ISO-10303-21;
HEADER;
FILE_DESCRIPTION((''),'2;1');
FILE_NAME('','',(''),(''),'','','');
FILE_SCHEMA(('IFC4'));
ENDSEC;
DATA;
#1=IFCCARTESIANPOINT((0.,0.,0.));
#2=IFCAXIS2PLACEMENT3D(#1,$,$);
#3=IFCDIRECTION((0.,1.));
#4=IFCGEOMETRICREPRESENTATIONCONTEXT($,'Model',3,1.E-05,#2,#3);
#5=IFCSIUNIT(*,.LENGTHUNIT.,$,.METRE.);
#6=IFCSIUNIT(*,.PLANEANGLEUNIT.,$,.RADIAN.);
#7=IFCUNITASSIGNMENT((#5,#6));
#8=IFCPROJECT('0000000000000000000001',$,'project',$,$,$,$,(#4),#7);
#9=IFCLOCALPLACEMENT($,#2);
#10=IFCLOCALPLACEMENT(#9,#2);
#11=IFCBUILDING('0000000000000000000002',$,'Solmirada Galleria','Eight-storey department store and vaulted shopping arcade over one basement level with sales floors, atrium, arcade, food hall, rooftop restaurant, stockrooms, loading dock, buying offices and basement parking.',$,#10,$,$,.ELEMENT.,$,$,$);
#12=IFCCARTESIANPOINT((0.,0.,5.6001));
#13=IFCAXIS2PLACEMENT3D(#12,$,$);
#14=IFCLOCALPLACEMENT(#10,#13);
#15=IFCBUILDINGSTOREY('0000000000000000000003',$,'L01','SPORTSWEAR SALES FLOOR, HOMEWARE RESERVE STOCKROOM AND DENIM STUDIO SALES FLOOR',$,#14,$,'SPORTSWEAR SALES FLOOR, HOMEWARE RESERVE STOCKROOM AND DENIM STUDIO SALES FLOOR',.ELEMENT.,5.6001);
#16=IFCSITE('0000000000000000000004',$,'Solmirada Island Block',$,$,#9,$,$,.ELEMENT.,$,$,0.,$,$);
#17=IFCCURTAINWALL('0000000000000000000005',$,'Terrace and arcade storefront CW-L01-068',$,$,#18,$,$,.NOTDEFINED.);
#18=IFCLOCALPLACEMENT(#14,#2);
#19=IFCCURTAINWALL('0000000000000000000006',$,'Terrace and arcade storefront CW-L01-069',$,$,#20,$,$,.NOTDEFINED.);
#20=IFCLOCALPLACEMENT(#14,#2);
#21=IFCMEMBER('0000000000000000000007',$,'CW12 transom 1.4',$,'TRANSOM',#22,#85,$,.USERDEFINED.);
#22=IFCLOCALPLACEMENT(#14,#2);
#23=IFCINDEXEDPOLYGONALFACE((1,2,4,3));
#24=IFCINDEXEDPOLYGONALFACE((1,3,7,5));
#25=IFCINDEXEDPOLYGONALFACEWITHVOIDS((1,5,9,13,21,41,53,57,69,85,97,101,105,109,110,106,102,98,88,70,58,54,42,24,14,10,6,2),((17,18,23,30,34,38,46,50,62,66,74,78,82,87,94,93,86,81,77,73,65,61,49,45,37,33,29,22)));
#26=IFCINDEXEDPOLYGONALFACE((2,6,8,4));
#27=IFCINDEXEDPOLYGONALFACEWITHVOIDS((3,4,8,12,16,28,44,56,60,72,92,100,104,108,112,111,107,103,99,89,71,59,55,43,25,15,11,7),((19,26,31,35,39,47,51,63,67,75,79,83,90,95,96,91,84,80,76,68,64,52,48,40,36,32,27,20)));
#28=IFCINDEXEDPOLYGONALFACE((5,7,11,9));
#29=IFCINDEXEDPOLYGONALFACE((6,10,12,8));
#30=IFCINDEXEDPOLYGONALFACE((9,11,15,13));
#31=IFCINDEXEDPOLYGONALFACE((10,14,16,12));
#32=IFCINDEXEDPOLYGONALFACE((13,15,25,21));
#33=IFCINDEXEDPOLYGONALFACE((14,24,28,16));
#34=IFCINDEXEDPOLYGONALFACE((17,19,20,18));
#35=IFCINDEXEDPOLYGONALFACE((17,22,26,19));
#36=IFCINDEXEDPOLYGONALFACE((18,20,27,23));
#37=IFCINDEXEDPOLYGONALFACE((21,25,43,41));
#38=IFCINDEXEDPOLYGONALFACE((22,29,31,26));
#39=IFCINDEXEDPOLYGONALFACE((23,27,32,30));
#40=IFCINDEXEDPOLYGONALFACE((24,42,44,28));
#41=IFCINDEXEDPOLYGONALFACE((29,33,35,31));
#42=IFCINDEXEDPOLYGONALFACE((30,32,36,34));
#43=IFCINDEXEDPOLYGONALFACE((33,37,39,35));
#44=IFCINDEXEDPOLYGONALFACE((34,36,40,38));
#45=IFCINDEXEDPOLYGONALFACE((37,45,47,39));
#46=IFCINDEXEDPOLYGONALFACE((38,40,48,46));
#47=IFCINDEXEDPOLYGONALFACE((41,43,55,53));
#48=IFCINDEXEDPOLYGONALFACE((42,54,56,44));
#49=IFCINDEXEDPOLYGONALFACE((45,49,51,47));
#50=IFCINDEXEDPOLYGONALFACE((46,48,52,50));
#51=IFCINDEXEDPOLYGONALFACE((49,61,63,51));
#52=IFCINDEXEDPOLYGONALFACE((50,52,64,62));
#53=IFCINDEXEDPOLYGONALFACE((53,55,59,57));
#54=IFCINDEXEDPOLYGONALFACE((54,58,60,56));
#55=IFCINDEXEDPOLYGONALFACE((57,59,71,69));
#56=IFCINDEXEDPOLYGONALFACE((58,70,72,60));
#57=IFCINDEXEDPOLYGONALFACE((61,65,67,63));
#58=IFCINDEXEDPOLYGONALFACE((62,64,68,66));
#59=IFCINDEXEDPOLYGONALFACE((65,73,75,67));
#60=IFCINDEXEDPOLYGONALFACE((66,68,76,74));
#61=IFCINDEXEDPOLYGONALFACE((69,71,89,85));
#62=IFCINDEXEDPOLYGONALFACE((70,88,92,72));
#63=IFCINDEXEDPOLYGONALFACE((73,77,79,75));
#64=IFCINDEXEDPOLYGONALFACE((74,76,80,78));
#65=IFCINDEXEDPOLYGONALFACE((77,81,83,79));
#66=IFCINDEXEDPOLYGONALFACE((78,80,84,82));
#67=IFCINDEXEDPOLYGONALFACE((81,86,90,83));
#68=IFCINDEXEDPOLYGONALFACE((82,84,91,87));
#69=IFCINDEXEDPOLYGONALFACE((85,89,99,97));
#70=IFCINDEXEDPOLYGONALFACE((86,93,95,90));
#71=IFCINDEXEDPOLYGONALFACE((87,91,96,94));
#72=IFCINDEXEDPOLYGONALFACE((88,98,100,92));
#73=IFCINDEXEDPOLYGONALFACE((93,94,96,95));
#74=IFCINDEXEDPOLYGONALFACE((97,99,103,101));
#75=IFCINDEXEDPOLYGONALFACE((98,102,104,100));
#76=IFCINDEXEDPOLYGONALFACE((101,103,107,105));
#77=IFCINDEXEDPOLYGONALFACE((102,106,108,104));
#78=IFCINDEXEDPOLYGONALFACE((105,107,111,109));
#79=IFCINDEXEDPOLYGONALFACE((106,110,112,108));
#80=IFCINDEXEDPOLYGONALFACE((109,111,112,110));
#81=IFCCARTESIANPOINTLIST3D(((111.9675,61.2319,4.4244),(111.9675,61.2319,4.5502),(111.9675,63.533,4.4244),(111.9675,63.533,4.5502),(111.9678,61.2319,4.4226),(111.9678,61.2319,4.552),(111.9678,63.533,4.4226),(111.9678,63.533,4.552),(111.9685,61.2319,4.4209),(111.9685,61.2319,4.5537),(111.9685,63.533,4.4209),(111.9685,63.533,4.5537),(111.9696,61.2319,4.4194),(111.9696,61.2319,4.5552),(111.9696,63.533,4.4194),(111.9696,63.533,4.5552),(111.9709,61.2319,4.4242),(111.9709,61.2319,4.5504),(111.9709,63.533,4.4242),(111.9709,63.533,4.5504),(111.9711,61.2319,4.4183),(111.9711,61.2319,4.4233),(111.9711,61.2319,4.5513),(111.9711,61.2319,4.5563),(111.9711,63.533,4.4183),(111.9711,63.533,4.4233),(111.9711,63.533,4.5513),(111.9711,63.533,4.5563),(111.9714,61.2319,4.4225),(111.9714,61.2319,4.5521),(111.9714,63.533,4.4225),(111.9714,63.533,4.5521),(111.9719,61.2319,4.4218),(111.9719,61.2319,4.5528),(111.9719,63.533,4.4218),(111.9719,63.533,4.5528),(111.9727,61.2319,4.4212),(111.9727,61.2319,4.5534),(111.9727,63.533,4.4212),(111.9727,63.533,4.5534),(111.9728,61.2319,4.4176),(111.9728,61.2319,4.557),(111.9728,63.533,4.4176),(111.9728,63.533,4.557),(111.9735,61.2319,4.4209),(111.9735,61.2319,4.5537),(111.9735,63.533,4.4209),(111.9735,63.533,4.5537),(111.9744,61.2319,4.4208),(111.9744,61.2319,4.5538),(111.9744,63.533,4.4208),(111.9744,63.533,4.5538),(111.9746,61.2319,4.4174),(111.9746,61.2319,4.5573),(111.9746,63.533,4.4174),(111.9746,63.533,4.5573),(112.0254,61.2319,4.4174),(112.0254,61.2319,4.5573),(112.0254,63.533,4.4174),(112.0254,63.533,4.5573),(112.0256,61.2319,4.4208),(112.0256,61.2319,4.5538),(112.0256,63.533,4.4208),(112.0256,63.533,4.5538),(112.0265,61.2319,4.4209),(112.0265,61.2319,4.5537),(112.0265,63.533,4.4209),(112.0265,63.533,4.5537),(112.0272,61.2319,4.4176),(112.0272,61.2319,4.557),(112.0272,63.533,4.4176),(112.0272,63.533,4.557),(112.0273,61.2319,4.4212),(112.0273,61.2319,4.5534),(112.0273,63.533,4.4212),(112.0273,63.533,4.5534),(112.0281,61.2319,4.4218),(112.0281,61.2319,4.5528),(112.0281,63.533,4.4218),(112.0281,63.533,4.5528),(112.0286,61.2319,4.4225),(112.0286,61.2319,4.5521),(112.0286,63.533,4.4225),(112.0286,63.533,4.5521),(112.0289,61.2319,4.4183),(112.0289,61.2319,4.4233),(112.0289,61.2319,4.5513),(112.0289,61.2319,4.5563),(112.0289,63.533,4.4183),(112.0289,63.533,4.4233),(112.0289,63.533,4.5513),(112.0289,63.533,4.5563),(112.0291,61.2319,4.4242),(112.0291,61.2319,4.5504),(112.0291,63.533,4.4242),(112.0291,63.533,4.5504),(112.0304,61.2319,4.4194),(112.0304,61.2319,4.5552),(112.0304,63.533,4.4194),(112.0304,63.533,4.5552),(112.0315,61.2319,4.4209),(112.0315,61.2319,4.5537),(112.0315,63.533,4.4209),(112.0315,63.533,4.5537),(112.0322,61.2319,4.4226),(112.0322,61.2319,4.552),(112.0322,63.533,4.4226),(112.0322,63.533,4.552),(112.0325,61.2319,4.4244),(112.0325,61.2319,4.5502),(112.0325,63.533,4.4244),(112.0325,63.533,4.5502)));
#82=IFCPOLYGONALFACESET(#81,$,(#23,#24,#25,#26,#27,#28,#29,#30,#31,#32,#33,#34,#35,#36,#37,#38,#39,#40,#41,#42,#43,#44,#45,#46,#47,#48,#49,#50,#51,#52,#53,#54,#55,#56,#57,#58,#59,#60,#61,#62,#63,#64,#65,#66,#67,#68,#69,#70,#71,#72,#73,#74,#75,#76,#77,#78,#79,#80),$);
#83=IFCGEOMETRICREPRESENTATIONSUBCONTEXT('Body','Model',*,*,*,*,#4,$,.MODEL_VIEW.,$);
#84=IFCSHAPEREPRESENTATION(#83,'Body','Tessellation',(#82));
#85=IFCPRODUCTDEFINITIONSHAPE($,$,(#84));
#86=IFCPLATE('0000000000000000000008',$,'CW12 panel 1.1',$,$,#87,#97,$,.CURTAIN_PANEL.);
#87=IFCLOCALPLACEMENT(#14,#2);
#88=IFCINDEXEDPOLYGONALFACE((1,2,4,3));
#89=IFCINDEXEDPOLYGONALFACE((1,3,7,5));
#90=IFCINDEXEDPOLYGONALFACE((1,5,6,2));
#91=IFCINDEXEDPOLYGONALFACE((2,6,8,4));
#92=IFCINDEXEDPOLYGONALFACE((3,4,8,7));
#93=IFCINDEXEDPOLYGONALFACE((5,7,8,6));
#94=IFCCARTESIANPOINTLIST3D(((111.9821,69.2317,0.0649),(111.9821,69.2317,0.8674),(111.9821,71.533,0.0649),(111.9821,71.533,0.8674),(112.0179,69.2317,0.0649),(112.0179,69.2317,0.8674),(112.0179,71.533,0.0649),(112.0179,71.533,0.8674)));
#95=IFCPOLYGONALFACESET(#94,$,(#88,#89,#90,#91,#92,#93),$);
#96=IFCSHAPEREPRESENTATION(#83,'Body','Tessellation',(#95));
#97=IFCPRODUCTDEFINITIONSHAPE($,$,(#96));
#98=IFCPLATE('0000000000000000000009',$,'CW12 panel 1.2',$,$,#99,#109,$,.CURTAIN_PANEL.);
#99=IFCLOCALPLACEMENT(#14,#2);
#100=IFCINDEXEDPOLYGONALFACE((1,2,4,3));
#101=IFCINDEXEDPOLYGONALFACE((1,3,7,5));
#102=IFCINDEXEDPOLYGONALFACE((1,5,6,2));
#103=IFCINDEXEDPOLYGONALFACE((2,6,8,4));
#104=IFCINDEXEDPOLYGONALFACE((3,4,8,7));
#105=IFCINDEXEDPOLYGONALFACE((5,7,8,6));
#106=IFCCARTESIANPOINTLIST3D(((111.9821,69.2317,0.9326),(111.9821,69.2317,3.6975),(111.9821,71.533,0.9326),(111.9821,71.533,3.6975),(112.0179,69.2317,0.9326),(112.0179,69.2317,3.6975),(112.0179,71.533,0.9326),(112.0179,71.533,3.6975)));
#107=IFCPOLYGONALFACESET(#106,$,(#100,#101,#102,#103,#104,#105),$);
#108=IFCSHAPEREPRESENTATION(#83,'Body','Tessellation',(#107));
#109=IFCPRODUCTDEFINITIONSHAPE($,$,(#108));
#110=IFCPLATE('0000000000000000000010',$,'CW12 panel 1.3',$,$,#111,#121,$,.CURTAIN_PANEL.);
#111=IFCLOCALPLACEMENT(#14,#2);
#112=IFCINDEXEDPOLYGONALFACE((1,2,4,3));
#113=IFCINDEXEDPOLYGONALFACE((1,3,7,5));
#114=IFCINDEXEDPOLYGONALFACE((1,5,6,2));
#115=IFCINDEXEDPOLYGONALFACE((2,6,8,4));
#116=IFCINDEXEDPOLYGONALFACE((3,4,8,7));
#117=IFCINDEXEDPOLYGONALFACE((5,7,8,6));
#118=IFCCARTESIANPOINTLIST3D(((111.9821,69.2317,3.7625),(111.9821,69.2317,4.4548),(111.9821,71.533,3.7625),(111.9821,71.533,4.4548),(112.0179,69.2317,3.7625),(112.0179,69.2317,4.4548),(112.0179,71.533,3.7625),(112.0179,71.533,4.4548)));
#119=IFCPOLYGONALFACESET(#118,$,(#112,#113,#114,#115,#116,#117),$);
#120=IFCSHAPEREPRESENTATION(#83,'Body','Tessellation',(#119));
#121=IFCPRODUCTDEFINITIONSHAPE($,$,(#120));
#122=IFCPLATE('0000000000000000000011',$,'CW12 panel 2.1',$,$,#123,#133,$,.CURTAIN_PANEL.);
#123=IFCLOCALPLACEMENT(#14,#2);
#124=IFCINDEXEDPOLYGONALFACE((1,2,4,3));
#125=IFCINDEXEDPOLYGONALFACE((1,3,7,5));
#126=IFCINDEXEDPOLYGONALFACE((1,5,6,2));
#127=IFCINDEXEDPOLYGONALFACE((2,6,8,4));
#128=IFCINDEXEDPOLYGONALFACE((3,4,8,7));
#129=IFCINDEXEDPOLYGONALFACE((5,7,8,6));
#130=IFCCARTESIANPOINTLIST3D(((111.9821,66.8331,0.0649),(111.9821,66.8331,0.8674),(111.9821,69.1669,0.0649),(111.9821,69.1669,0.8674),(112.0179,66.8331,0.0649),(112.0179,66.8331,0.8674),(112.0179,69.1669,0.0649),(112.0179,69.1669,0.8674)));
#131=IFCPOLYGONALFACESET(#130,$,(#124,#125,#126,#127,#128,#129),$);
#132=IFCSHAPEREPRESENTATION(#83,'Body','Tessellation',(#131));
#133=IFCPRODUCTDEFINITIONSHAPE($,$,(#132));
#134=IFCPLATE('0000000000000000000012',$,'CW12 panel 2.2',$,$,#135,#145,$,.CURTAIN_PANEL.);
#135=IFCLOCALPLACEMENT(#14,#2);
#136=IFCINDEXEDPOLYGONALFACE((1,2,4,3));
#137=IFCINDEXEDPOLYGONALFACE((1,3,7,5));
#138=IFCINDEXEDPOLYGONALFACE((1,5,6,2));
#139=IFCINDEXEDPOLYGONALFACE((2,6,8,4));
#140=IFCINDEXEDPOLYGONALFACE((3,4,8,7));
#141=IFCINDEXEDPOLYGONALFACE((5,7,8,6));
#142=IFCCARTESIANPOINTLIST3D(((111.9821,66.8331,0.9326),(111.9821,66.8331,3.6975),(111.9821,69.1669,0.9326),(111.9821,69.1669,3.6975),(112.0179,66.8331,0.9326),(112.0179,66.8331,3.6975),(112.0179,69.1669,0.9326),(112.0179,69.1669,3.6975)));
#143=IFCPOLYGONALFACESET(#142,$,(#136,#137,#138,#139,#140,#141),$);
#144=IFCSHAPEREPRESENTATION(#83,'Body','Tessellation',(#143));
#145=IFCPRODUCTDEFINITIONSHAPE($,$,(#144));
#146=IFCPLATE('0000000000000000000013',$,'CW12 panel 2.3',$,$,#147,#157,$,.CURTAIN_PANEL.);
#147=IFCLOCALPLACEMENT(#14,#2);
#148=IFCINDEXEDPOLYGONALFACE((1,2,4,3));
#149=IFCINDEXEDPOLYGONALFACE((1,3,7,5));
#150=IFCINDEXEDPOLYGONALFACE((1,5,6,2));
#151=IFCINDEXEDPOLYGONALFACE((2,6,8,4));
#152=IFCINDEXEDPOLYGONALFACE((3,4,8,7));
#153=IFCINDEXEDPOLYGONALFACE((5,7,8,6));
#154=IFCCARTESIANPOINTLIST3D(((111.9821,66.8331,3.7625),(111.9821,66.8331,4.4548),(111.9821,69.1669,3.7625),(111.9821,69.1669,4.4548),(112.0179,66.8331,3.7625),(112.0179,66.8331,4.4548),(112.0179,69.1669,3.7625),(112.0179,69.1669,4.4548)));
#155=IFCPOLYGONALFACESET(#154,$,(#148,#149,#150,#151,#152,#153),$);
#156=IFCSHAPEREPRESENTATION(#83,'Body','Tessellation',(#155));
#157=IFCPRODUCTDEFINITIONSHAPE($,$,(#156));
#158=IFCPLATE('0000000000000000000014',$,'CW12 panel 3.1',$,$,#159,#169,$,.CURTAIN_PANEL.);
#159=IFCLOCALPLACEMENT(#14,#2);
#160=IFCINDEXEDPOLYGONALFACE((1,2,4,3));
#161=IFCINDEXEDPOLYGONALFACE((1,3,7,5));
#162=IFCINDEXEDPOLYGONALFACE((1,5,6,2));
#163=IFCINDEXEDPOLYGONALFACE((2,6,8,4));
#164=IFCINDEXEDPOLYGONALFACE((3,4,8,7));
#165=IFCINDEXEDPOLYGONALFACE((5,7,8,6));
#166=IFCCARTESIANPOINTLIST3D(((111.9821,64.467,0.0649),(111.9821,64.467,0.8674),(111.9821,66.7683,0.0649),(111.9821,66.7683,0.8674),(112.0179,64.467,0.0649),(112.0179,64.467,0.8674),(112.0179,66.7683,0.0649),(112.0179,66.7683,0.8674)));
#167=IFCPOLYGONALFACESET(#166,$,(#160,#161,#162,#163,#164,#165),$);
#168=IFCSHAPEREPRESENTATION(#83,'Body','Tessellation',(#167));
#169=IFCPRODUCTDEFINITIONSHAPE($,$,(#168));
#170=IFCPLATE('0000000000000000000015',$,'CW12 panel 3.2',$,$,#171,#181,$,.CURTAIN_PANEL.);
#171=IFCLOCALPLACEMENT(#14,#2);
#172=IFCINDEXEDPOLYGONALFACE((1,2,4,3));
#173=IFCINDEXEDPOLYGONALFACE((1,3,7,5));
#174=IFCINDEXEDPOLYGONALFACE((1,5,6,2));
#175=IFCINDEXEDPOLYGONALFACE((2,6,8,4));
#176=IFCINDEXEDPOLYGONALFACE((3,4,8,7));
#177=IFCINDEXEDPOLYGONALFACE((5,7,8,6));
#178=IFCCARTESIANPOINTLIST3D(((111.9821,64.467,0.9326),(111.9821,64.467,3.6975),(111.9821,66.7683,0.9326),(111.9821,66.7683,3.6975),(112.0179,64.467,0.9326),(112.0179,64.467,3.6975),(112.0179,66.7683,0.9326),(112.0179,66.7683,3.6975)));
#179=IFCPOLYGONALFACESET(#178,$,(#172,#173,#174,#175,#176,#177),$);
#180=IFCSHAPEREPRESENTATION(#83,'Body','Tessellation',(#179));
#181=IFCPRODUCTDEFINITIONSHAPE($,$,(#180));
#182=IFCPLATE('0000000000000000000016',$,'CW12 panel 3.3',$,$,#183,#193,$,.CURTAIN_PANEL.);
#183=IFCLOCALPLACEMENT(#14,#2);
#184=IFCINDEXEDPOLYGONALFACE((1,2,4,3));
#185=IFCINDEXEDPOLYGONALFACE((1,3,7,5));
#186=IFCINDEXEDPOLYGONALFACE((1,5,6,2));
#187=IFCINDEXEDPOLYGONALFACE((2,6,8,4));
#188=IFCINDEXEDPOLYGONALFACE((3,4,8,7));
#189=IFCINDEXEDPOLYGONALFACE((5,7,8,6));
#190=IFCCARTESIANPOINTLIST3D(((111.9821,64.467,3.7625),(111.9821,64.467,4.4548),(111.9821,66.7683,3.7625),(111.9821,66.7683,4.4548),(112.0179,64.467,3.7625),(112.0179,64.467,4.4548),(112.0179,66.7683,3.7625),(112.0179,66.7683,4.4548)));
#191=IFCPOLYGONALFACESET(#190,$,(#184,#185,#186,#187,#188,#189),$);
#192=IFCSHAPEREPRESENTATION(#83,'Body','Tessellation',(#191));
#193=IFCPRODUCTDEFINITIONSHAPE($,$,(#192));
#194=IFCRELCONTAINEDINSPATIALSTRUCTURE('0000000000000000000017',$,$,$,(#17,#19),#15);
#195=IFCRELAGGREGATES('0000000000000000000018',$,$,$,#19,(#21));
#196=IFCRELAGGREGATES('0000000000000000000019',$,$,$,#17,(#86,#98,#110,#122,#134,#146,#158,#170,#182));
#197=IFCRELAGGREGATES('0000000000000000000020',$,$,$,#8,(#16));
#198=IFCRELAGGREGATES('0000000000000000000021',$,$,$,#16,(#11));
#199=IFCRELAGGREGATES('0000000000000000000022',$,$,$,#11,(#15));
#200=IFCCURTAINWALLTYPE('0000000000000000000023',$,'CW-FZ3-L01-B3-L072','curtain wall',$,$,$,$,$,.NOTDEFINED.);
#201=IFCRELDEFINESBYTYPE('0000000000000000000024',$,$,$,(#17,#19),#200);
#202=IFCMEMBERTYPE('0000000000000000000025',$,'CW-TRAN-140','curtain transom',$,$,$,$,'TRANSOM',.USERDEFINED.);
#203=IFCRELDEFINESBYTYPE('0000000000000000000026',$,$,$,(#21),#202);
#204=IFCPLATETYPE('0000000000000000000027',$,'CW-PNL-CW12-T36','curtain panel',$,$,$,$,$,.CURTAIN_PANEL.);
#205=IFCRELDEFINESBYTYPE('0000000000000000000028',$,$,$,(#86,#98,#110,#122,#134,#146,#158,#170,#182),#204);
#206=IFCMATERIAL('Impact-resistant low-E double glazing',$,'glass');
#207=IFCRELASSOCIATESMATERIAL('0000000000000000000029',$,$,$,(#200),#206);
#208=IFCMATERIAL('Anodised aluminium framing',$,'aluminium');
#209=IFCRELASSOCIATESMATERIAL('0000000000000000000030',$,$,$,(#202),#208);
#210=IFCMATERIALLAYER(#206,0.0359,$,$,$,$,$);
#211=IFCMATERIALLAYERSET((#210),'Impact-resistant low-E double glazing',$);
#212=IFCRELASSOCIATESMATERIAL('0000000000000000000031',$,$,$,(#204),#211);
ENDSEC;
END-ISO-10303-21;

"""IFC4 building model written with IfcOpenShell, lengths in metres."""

from ifc_helpers import new_model, si_unit, direction, frame, origin, origin_2d, place, context, subcontext, project, spatial, rectangle, hollow_rectangle, extrude, material, layer, layer_set, material_profile, profile_set, type_object, element, aggregate, save


model = new_model("IFC4")

# Units and contexts
model_context = context("Model", 3, precision=1e-05, world=origin(), true_north=direction((0.0, 1.0)))
body_context = subcontext(model_context, "Body", "Model", "MODEL_VIEW")
ifc_project = project(units=[si_unit("LENGTHUNIT", "METRE"), si_unit("PLANEANGLEUNIT", "RADIAN")], contexts=[model_context])

# Site, building, storey
site_placement = place(None, origin())
site = spatial("IfcSite", under=ifc_project, at=site_placement, Name="Solmirada Island Block", CompositionType="ELEMENT", RefElevation=0.0)
building_placement = place(site_placement, origin())
building = spatial("IfcBuilding", under=site, at=building_placement, Name="Solmirada Galleria", Description="Eight-storey department store and vaulted shopping arcade over one basement level with sales floors, atrium, arcade, food hall, rooftop restaurant, stockrooms, loading dock, buying offices and basement parking.", CompositionType="ELEMENT")
storey_placement = place(building_placement, frame((0.0, 0.0, 5.6001)))
storey = spatial("IfcBuildingStorey", under=building, at=storey_placement, Name="L01", Description="SPORTSWEAR SALES FLOOR, HOMEWARE RESERVE STOCKROOM AND DENIM STUDIO SALES FLOOR", LongName="SPORTSWEAR SALES FLOOR, HOMEWARE RESERVE STOCKROOM AND DENIM STUDIO SALES FLOOR", CompositionType="ELEMENT", Elevation=5.6001)

# Shared definitions
ifc_material_1 = material(Name="Impact-resistant low-E double glazing", Category="glass")
ifc_material_2 = material(Name="Anodised aluminium framing", Category="aluminium")

# Curtain wall
curtain_wall_type_1 = type_object("IfcCurtainWallType", Name="CW-FZ3-L01-B3-L072", Description="curtain wall", PredefinedType="NOTDEFINED", material=ifc_material_1)
curtain_wall_1_placement = place(storey_placement, origin())
curtain_wall_1 = element("IfcCurtainWall", 1, at=curtain_wall_1_placement, inside=storey, type_object=curtain_wall_type_1, Name="Terrace and arcade storefront CW-L01-068", PredefinedType="NOTDEFINED")

# Curtain wall
curtain_wall_2_placement = place(storey_placement, origin())
curtain_wall_2 = element("IfcCurtainWall", 2, at=curtain_wall_2_placement, inside=storey, type_object=curtain_wall_type_1, Name="Terrace and arcade storefront CW-L01-069", PredefinedType="NOTDEFINED")

# Member
ifc_material_profile_1 = material_profile(ifc_material_2, hollow_rectangle(XDim=0.0649, YDim=0.1399, WallThickness=0.0034, InnerFilletRadius=0.0034, OuterFilletRadius=0.0071, at=origin_2d()), Name="ALU-TRAN-140X65")
ifc_profile_set_1 = profile_set([ifc_material_profile_1], Name="Anodised aluminium framing")
member_type_1 = type_object("IfcMemberType", Name="CW-TRAN-140", Description="curtain transom", ElementType="TRANSOM", PredefinedType="USERDEFINED", material=ifc_profile_set_1)
member_1_placement = place(storey_placement, frame((112.0, 63.533, 4.4873), z_axis=(0.0, -1.0, 0.0), x_axis=(1.0, 0.0, 0.0)))
member_1 = element("IfcMember", 3, at=member_1_placement, type_object=member_type_1, Name="CW12 transom 1.4", ObjectType="TRANSOM", PredefinedType="USERDEFINED", context=body_context, shape_type="SweptSolid", body=[
    extrude(hollow_rectangle(XDim=0.0649, YDim=0.1399, WallThickness=0.0034, InnerFilletRadius=0.0034, OuterFilletRadius=0.0071, at=origin_2d()), origin(), (0.0, 0.0, 1.0), 2.301),
])
aggregate(curtain_wall_2, [member_1])

# Plates
ifc_layer_1 = layer(ifc_material_1, 0.0359)
ifc_layer_set_1 = layer_set([ifc_layer_1], Name="Impact-resistant low-E double glazing")
plate_type = type_object("IfcPlateType", Name="CW-PNL-CW12-T36", Description="curtain panel", PredefinedType="CURTAIN_PANEL", material=ifc_layer_set_1)
plate_1_placement = place(storey_placement, frame((112.0, 70.3823, 0.0649), z_axis=(0.0, 0.0, 1.0), x_axis=(0.0, -1.0, 0.0)))
plate_1 = element("IfcPlate", 4, at=plate_1_placement, type_object=plate_type, Name="CW12 panel 1.1", PredefinedType="CURTAIN_PANEL", context=body_context, shape_type="SweptSolid", body=[
    extrude(rectangle(XDim=2.3013, YDim=0.0359, at=origin_2d()), origin(), (0.0, 0.0, 1.0), 0.8025),
])
plate_2_placement = place(storey_placement, frame((112.0, 70.3823, 0.9326), z_axis=(0.0, 0.0, 1.0), x_axis=(0.0, -1.0, 0.0)))
plate_2 = element("IfcPlate", 5, at=plate_2_placement, type_object=plate_type, Name="CW12 panel 1.2", PredefinedType="CURTAIN_PANEL", context=body_context, shape_type="SweptSolid", body=[
    extrude(rectangle(XDim=2.3013, YDim=0.0359, at=origin_2d()), origin(), (0.0, 0.0, 1.0), 2.7649),
])
plate_3_placement = place(storey_placement, frame((112.0, 70.3823, 3.7625), z_axis=(0.0, 0.0, 1.0), x_axis=(0.0, -1.0, 0.0)))
plate_3 = element("IfcPlate", 6, at=plate_3_placement, type_object=plate_type, Name="CW12 panel 1.3", PredefinedType="CURTAIN_PANEL", context=body_context, shape_type="SweptSolid", body=[
    extrude(rectangle(XDim=2.3013, YDim=0.0359, at=origin_2d()), origin(), (0.0, 0.0, 1.0), 0.6924),
])
plate_4_placement = place(storey_placement, frame((112.0, 68.0, 0.0649), z_axis=(0.0, 0.0, 1.0), x_axis=(0.0, -1.0, 0.0)))
plate_4 = element("IfcPlate", 7, at=plate_4_placement, type_object=plate_type, Name="CW12 panel 2.1", PredefinedType="CURTAIN_PANEL", context=body_context, shape_type="SweptSolid", body=[
    extrude(rectangle(XDim=2.3337, YDim=0.0359, at=origin_2d()), origin(), (0.0, 0.0, 1.0), 0.8025),
])
plate_5_placement = place(storey_placement, frame((112.0, 68.0, 0.9326), z_axis=(0.0, 0.0, 1.0), x_axis=(0.0, -1.0, 0.0)))
plate_5 = element("IfcPlate", 8, at=plate_5_placement, type_object=plate_type, Name="CW12 panel 2.2", PredefinedType="CURTAIN_PANEL", context=body_context, shape_type="SweptSolid", body=[
    extrude(rectangle(XDim=2.3337, YDim=0.0359, at=origin_2d()), origin(), (0.0, 0.0, 1.0), 2.7649),
])
plate_6_placement = place(storey_placement, frame((112.0, 68.0, 3.7625), z_axis=(0.0, 0.0, 1.0), x_axis=(0.0, -1.0, 0.0)))
plate_6 = element("IfcPlate", 9, at=plate_6_placement, type_object=plate_type, Name="CW12 panel 2.3", PredefinedType="CURTAIN_PANEL", context=body_context, shape_type="SweptSolid", body=[
    extrude(rectangle(XDim=2.3337, YDim=0.0359, at=origin_2d()), origin(), (0.0, 0.0, 1.0), 0.6924),
])
plate_7_placement = place(storey_placement, frame((112.0, 65.6177, 0.0649), z_axis=(0.0, 0.0, 1.0), x_axis=(0.0, -1.0, 0.0)))
plate_7 = element("IfcPlate", 10, at=plate_7_placement, type_object=plate_type, Name="CW12 panel 3.1", PredefinedType="CURTAIN_PANEL", context=body_context, shape_type="SweptSolid", body=[
    extrude(rectangle(XDim=2.3013, YDim=0.0359, at=origin_2d()), origin(), (0.0, 0.0, 1.0), 0.8025),
])
plate_8_placement = place(storey_placement, frame((112.0, 65.6177, 0.9326), z_axis=(0.0, 0.0, 1.0), x_axis=(0.0, -1.0, 0.0)))
plate_8 = element("IfcPlate", 11, at=plate_8_placement, type_object=plate_type, Name="CW12 panel 3.2", PredefinedType="CURTAIN_PANEL", context=body_context, shape_type="SweptSolid", body=[
    extrude(rectangle(XDim=2.3013, YDim=0.0359, at=origin_2d()), origin(), (0.0, 0.0, 1.0), 2.7649),
])
plate_9_placement = place(storey_placement, frame((112.0, 65.6177, 3.7625), z_axis=(0.0, 0.0, 1.0), x_axis=(0.0, -1.0, 0.0)))
plate_9 = element("IfcPlate", 12, at=plate_9_placement, type_object=plate_type, Name="CW12 panel 3.3", PredefinedType="CURTAIN_PANEL", context=body_context, shape_type="SweptSolid", body=[
    extrude(rectangle(XDim=2.3013, YDim=0.0359, at=origin_2d()), origin(), (0.0, 0.0, 1.0), 0.6924),
])
aggregate(curtain_wall_1, [plate_1, plate_2, plate_3, plate_4, plate_5, plate_6, plate_7, plate_8, plate_9])

save(model, "model.ifc")
